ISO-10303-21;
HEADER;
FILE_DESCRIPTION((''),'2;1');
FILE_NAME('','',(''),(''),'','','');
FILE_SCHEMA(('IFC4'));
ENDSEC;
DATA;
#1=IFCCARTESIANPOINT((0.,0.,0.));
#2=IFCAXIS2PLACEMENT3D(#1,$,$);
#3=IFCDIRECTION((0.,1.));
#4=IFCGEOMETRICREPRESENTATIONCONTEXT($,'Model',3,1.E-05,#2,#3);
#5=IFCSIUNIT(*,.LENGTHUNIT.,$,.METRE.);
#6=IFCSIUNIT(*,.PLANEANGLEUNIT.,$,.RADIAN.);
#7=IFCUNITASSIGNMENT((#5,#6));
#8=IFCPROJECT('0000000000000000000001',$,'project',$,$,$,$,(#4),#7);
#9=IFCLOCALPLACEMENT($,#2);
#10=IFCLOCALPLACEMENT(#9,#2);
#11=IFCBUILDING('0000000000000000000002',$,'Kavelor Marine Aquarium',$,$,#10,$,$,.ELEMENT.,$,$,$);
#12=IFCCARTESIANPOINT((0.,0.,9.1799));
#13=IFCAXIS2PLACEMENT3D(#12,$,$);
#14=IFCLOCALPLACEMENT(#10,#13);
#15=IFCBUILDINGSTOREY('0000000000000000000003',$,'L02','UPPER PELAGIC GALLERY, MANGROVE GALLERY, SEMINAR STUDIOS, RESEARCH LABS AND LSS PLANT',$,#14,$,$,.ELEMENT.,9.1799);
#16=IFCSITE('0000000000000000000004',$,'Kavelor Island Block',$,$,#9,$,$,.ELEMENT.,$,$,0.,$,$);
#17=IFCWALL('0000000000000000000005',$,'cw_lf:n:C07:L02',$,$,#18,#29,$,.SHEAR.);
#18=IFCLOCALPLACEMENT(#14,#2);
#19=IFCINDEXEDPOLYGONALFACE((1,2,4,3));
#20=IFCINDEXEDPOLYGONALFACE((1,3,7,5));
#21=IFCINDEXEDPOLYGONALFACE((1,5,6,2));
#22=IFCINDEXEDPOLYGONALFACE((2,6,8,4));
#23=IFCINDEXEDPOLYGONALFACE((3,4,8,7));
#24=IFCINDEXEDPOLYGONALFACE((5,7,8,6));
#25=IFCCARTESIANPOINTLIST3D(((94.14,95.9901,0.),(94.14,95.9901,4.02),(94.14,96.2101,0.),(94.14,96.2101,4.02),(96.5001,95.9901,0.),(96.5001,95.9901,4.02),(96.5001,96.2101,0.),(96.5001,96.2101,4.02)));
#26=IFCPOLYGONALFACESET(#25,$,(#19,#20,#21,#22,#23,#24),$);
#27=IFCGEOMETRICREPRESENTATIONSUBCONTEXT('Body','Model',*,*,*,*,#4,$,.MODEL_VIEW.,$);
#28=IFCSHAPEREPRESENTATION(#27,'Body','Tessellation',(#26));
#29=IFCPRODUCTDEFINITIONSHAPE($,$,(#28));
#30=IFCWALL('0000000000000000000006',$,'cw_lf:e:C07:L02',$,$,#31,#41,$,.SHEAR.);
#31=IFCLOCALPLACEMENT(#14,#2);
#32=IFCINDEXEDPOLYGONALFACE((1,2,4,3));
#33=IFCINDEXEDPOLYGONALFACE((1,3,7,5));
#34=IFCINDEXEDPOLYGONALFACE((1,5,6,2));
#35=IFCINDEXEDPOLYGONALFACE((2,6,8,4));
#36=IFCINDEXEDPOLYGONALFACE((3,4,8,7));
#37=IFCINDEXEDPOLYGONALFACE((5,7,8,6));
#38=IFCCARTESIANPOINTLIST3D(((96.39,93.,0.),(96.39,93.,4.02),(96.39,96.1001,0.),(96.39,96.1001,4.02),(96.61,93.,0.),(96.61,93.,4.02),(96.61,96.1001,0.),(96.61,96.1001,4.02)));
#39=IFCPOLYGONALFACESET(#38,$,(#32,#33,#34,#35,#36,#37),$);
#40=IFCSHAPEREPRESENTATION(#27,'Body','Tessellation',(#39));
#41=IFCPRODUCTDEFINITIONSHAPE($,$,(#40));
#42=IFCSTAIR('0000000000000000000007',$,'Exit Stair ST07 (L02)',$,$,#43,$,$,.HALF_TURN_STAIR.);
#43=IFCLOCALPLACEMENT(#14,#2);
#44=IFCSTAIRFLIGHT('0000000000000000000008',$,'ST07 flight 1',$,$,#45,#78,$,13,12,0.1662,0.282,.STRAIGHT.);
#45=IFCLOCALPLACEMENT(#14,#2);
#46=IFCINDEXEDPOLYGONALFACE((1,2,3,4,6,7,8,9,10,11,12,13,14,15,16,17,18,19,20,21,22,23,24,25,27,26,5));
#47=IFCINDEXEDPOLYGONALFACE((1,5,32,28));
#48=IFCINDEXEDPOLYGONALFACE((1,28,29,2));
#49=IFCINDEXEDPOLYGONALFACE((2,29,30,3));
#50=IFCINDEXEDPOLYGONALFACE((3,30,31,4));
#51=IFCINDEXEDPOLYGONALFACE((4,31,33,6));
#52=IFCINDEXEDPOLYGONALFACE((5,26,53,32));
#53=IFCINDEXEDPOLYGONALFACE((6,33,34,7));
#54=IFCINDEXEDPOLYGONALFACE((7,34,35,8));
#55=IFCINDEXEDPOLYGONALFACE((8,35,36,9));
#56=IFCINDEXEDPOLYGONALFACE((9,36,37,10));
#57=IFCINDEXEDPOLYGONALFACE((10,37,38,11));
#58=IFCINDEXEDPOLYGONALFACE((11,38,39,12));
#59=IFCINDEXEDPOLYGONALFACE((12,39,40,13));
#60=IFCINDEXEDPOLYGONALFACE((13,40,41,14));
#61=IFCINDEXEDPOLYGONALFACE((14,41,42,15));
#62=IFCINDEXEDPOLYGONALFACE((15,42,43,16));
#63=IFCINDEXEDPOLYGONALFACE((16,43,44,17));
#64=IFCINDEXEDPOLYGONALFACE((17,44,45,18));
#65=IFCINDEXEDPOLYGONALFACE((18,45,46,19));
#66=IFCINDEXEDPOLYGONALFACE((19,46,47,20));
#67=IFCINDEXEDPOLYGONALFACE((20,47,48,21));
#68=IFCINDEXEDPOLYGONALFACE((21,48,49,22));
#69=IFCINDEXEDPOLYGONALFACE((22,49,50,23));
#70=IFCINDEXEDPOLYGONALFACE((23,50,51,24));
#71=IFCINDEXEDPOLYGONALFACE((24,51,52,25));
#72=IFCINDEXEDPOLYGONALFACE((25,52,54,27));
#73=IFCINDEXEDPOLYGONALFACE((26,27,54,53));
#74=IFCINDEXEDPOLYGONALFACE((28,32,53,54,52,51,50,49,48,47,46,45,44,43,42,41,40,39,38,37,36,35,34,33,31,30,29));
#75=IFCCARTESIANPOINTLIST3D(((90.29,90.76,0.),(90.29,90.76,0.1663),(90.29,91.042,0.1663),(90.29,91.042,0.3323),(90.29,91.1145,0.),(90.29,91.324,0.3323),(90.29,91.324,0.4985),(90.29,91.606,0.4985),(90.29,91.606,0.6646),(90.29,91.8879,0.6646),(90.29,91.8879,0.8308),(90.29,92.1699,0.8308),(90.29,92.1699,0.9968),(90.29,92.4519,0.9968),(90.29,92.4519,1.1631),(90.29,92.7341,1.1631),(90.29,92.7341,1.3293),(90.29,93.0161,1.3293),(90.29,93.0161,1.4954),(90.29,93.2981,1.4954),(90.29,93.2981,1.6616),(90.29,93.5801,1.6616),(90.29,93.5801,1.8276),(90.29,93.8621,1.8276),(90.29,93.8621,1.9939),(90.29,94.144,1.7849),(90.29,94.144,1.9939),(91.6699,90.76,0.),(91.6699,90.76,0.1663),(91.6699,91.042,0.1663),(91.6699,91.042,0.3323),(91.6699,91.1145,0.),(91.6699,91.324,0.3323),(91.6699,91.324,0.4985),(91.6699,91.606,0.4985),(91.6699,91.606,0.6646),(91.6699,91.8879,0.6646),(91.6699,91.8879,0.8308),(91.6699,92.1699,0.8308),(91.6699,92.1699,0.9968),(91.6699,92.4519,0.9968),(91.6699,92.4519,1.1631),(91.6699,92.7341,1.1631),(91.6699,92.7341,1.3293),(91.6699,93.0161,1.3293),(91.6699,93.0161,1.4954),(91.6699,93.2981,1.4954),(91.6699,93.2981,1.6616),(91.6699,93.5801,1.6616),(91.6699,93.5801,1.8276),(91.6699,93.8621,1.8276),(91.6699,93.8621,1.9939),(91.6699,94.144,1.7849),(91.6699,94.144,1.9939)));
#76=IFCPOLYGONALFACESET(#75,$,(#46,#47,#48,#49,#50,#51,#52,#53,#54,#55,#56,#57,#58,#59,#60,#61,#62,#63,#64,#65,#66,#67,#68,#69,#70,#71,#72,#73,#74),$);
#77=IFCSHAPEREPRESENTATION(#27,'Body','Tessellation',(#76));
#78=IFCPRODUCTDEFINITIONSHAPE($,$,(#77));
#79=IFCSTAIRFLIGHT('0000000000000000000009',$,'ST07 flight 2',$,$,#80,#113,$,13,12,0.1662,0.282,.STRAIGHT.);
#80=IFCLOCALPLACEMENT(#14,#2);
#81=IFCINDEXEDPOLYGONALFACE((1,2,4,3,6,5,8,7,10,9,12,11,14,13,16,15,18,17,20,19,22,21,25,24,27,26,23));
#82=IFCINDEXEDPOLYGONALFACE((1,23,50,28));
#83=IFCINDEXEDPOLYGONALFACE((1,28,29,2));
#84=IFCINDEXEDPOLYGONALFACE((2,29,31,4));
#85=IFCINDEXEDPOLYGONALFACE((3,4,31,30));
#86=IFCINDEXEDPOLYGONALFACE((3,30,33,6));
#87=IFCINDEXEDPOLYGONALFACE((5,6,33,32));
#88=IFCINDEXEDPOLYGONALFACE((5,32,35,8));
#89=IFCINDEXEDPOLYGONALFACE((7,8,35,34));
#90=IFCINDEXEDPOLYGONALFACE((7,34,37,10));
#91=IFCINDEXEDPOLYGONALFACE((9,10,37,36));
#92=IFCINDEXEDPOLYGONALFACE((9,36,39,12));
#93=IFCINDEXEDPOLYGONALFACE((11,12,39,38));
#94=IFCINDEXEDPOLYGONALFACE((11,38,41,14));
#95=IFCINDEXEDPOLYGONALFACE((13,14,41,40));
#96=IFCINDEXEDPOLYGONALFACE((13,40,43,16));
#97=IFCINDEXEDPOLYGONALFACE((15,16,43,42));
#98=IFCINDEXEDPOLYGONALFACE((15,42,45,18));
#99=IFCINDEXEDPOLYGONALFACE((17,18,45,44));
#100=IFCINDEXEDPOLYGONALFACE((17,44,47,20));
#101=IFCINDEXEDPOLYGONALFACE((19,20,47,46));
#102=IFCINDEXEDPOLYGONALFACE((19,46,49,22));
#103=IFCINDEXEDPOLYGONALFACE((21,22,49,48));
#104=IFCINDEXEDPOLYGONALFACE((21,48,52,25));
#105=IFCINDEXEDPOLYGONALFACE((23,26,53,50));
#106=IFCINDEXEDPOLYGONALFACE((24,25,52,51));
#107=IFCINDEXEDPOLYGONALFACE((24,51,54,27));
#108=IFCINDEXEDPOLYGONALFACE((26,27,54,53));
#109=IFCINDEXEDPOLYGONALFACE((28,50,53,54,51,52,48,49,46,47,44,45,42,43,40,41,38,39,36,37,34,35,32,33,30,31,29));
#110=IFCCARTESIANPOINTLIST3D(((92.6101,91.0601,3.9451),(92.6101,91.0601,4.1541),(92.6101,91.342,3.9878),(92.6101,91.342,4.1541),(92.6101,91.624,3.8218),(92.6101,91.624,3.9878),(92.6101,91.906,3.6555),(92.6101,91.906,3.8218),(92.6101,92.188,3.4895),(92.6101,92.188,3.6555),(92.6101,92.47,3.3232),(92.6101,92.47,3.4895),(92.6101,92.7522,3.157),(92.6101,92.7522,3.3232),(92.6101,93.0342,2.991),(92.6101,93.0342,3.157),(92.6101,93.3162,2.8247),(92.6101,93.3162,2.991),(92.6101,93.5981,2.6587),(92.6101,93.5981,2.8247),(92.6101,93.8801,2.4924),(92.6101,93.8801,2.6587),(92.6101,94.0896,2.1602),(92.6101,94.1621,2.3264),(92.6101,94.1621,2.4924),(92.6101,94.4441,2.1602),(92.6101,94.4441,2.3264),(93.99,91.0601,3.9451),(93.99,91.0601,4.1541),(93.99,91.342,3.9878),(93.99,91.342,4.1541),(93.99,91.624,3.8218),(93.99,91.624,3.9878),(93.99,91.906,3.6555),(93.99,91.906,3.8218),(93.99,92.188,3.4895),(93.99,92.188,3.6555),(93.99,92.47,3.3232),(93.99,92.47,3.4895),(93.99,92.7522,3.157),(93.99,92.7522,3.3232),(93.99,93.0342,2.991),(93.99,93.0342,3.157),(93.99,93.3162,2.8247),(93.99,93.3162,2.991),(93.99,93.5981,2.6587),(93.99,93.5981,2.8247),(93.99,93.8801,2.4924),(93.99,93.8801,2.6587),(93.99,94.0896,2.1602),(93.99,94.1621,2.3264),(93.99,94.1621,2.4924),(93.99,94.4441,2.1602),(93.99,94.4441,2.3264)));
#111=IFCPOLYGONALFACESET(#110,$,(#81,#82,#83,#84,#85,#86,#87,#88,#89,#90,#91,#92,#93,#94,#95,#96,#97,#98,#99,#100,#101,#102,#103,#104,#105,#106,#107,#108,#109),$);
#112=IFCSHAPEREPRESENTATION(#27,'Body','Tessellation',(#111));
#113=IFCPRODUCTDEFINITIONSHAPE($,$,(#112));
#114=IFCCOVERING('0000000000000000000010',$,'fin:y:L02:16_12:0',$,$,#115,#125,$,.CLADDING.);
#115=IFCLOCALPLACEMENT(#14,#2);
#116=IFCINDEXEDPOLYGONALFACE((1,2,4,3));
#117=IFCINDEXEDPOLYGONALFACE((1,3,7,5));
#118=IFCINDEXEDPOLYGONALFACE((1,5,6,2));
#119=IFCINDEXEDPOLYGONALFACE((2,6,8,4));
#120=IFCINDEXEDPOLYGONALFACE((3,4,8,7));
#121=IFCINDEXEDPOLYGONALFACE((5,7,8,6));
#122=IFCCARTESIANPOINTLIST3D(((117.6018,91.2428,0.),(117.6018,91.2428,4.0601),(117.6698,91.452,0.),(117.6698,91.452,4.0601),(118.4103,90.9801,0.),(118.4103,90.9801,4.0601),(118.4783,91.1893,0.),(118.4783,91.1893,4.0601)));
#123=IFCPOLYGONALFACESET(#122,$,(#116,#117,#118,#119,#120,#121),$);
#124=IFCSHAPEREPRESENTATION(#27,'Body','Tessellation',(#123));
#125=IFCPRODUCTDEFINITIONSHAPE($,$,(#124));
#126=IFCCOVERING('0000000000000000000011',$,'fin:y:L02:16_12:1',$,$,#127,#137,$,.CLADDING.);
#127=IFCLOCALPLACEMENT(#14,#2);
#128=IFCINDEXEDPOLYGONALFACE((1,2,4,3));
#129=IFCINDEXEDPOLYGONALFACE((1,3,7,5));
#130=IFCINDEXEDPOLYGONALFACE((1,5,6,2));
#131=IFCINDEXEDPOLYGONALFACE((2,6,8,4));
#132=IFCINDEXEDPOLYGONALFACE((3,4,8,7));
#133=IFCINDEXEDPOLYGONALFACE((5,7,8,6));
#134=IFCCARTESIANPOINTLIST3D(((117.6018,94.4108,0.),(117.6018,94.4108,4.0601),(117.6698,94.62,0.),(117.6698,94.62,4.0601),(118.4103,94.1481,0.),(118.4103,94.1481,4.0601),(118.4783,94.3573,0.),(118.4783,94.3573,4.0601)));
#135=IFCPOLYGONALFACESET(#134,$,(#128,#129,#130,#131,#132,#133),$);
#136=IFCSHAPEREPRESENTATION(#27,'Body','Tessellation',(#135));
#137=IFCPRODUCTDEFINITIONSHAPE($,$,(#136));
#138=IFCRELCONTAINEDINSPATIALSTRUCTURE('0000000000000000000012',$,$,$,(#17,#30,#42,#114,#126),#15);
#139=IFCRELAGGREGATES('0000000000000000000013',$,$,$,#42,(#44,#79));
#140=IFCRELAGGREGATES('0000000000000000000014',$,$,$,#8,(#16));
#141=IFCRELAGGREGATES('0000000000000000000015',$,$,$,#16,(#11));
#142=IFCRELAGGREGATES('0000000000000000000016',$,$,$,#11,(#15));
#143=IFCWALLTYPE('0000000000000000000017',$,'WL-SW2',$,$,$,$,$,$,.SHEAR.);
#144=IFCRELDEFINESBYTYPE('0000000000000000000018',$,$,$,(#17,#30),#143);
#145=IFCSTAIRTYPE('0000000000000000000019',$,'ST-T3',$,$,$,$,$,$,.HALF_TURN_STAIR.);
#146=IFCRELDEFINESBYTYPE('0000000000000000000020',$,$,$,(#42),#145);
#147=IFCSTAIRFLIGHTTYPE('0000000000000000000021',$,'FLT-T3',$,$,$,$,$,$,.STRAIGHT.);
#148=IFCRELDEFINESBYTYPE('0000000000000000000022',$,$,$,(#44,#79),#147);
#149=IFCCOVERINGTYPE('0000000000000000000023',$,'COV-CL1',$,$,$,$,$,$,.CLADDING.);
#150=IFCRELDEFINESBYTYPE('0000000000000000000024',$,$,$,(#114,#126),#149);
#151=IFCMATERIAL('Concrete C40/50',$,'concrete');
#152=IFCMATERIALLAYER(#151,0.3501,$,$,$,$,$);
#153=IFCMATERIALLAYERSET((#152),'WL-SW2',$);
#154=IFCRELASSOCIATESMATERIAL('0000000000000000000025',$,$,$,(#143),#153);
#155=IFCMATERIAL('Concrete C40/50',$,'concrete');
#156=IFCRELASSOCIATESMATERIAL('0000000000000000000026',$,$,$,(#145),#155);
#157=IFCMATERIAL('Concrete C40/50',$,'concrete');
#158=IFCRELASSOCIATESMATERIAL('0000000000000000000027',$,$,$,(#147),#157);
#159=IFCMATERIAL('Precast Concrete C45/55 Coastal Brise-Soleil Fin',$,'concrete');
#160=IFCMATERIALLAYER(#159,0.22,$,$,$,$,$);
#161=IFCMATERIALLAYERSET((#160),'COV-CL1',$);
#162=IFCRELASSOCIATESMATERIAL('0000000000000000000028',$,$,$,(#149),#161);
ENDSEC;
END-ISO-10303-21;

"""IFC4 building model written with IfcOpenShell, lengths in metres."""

from ifc_helpers import new_model, si_unit, direction, frame, frame_2d, origin, origin_2d, place, context, subcontext, project, spatial, polyline, rectangle, outline, extrude, material, layer, layer_set, type_object, element, aggregate, save


model = new_model("IFC4")

# Units and contexts
model_context = context("Model", 3, precision=1e-05, world=origin(), true_north=direction((0.0, 1.0)))
body_context = subcontext(model_context, "Body", "Model", "MODEL_VIEW")
ifc_project = project(units=[si_unit("LENGTHUNIT", "METRE"), si_unit("PLANEANGLEUNIT", "RADIAN")], contexts=[model_context])

# Site, building, storey
site_placement = place(None, origin())
site = spatial("IfcSite", under=ifc_project, at=site_placement, Name="Kavelor Island Block", CompositionType="ELEMENT", RefElevation=0.0)
building_placement = place(site_placement, origin())
building = spatial("IfcBuilding", under=site, at=building_placement, Name="Kavelor Marine Aquarium", CompositionType="ELEMENT")
storey_placement = place(building_placement, frame((0.0, 0.0, 9.1799)))
storey = spatial("IfcBuildingStorey", under=building, at=storey_placement, Name="L02", Description="UPPER PELAGIC GALLERY, MANGROVE GALLERY, SEMINAR STUDIOS, RESEARCH LABS AND LSS PLANT", CompositionType="ELEMENT", Elevation=9.1799)

# Shared definitions
ifc_material_1 = material(Name="Concrete C40/50", Category="concrete")
ifc_layer_1 = layer(ifc_material_1, 0.3501)
ifc_layer_set_1 = layer_set([ifc_layer_1], Name="WL-SW2")
wall_type_1 = type_object("IfcWallType", Name="WL-SW2", PredefinedType="SHEAR", material=ifc_layer_set_1)

# Walls
wall_1_placement = place(storey_placement, frame((94.1399, 96.1001, 0.0), z_axis=(0.0, 0.0, 1.0), x_axis=(1.0, 0.0, 0.0)))
element("IfcWall", 1, at=wall_1_placement, inside=storey, type_object=wall_type_1, Name="cw_lf:n:C07:L02", PredefinedType="SHEAR", context=body_context, shape_type="SweptSolid", body=[
    extrude(rectangle(XDim=2.3601, YDim=0.22, at=frame_2d((1.1802, 0.0))), origin(), (0.0, 0.0, 1.0), 4.02),
])
wall_2_placement = place(storey_placement, frame((96.5, 93.0, 0.0), z_axis=(0.0, 0.0, 1.0), x_axis=(0.0, 1.0, 0.0)))
element("IfcWall", 2, at=wall_2_placement, inside=storey, type_object=wall_type_1, Name="cw_lf:e:C07:L02", PredefinedType="SHEAR", context=body_context, shape_type="SweptSolid", body=[
    extrude(rectangle(XDim=3.1001, YDim=0.22, at=frame_2d((1.55, 0.0))), origin(), (0.0, 0.0, 1.0), 4.02),
])

# Stair, stair flights
ifc_material_2 = material(Name="Concrete C40/50", Category="concrete")
stair_type = type_object("IfcStairType", Name="ST-T3", PredefinedType="HALF_TURN_STAIR", material=ifc_material_2)
stair_placement = place(storey_placement, origin())
stair = element("IfcStair", 3, at=stair_placement, inside=storey, type_object=stair_type, Name="Exit Stair ST07 (L02)", PredefinedType="HALF_TURN_STAIR")
ifc_material_3 = material(Name="Concrete C40/50", Category="concrete")
stair_flight_type = type_object("IfcStairFlightType", Name="FLT-T3", PredefinedType="STRAIGHT", material=ifc_material_3)
stair_flight_1_placement = place(storey_placement, frame((90.98, 90.76, 0.0), z_axis=(0.0, 0.0, 1.0), x_axis=(0.0, 1.0, 0.0)))
stair_flight_1 = element("IfcStairFlight", 4, at=stair_flight_1_placement, type_object=stair_flight_type, Name="ST07 flight 1", NumberOfRisers=13, NumberOfTreads=12, PredefinedType="STRAIGHT", RiserHeight=0.1662, TreadLength=0.282, context=body_context, shape_type="SweptSolid", body=[
    extrude(outline(polyline([(0.0, 0.0), (0.0, 0.1663), (0.282, 0.1663), (0.282, 0.3323), (0.564, 0.3323), (0.564, 0.4985), (0.8459, 0.4985), (0.8459, 0.6646), (1.1279, 0.6646), (1.1279, 0.8308), (1.4099, 0.8308), (1.4099, 0.9968), (1.6919, 0.9968), (1.6919, 1.1631), (1.9741, 1.1631), (1.9741, 1.3293), (2.2561, 1.3293), (2.2561, 1.4954), (2.5381, 1.4954), (2.5381, 1.6616), (2.8201, 1.6616), (2.8201, 1.8276), (3.1021, 1.8276), (3.1021, 1.9939), (3.384, 1.9939), (3.384, 2.1599), (3.384, 1.7849), (0.3545, 0.0), (0.0, 0.0)])), frame((0.0, 0.6899, 0.0), z_axis=(0.0, -1.0, 0.0), x_axis=(1.0, 0.0, 0.0)), (0.0, 0.0, 1.0), 1.3799),
])
stair_flight_2_placement = place(storey_placement, frame((93.3, 94.4441, 2.1602), z_axis=(0.0, 0.0, 1.0), x_axis=(0.0, -1.0, 0.0)))
stair_flight_2 = element("IfcStairFlight", 5, at=stair_flight_2_placement, type_object=stair_flight_type, Name="ST07 flight 2", NumberOfRisers=13, NumberOfTreads=12, PredefinedType="STRAIGHT", RiserHeight=0.1662, TreadLength=0.282, context=body_context, shape_type="SweptSolid", body=[
    extrude(outline(polyline([(0.0, 0.0), (0.0, 0.1663), (0.282, 0.1663), (0.282, 0.3323), (0.564, 0.3323), (0.564, 0.4985), (0.8459, 0.4985), (0.8459, 0.6646), (1.1279, 0.6646), (1.1279, 0.8308), (1.4099, 0.8308), (1.4099, 0.9968), (1.6919, 0.9968), (1.6919, 1.1631), (1.9741, 1.1631), (1.9741, 1.3293), (2.2561, 1.3293), (2.2561, 1.4954), (2.5381, 1.4954), (2.5381, 1.6616), (2.8201, 1.6616), (2.8201, 1.8276), (3.1021, 1.8276), (3.1021, 1.9939), (3.384, 1.9939), (3.384, 2.1599), (3.384, 1.7849), (0.3545, 0.0), (0.0, 0.0)])), frame((0.0, 0.6899, 0.0), z_axis=(0.0, -1.0, 0.0), x_axis=(1.0, 0.0, 0.0)), (0.0, 0.0, 1.0), 1.3799),
])
aggregate(stair, [stair_flight_1, stair_flight_2])

# Coverings
ifc_material_4 = material(Name="Precast Concrete C45/55 Coastal Brise-Soleil Fin", Category="concrete")
ifc_layer_2 = layer(ifc_material_4, 0.22)
ifc_layer_set_2 = layer_set([ifc_layer_2], Name="COV-CL1")
covering_type = type_object("IfcCoveringType", Name="COV-CL1", PredefinedType="CLADDING", material=ifc_layer_set_2)
for number, where, z_axis, x_axis, name in (
    (6, (118.04, 91.2161, 0.0), (0.0, 0.0, 1.0), (0.951057, -0.309017, 0.0), "fin:y:L02:16_12:0"),
    (7, (118.04, 94.384, 0.0), (0.0, 0.0, 1.0), (0.951057, -0.309017, 0.0), "fin:y:L02:16_12:1"),
):
    element("IfcCovering", number, at=place(storey_placement, frame(where, z_axis=z_axis, x_axis=x_axis)), inside=storey, type_object=covering_type, Name=name, PredefinedType="CLADDING", context=body_context, shape_type="SweptSolid", body=[
        extrude(rectangle(XDim=0.8501, YDim=0.22, at=origin_2d()), origin(), (0.0, 0.0, 1.0), 4.0601),
    ])

save(model, "model.ifc")
